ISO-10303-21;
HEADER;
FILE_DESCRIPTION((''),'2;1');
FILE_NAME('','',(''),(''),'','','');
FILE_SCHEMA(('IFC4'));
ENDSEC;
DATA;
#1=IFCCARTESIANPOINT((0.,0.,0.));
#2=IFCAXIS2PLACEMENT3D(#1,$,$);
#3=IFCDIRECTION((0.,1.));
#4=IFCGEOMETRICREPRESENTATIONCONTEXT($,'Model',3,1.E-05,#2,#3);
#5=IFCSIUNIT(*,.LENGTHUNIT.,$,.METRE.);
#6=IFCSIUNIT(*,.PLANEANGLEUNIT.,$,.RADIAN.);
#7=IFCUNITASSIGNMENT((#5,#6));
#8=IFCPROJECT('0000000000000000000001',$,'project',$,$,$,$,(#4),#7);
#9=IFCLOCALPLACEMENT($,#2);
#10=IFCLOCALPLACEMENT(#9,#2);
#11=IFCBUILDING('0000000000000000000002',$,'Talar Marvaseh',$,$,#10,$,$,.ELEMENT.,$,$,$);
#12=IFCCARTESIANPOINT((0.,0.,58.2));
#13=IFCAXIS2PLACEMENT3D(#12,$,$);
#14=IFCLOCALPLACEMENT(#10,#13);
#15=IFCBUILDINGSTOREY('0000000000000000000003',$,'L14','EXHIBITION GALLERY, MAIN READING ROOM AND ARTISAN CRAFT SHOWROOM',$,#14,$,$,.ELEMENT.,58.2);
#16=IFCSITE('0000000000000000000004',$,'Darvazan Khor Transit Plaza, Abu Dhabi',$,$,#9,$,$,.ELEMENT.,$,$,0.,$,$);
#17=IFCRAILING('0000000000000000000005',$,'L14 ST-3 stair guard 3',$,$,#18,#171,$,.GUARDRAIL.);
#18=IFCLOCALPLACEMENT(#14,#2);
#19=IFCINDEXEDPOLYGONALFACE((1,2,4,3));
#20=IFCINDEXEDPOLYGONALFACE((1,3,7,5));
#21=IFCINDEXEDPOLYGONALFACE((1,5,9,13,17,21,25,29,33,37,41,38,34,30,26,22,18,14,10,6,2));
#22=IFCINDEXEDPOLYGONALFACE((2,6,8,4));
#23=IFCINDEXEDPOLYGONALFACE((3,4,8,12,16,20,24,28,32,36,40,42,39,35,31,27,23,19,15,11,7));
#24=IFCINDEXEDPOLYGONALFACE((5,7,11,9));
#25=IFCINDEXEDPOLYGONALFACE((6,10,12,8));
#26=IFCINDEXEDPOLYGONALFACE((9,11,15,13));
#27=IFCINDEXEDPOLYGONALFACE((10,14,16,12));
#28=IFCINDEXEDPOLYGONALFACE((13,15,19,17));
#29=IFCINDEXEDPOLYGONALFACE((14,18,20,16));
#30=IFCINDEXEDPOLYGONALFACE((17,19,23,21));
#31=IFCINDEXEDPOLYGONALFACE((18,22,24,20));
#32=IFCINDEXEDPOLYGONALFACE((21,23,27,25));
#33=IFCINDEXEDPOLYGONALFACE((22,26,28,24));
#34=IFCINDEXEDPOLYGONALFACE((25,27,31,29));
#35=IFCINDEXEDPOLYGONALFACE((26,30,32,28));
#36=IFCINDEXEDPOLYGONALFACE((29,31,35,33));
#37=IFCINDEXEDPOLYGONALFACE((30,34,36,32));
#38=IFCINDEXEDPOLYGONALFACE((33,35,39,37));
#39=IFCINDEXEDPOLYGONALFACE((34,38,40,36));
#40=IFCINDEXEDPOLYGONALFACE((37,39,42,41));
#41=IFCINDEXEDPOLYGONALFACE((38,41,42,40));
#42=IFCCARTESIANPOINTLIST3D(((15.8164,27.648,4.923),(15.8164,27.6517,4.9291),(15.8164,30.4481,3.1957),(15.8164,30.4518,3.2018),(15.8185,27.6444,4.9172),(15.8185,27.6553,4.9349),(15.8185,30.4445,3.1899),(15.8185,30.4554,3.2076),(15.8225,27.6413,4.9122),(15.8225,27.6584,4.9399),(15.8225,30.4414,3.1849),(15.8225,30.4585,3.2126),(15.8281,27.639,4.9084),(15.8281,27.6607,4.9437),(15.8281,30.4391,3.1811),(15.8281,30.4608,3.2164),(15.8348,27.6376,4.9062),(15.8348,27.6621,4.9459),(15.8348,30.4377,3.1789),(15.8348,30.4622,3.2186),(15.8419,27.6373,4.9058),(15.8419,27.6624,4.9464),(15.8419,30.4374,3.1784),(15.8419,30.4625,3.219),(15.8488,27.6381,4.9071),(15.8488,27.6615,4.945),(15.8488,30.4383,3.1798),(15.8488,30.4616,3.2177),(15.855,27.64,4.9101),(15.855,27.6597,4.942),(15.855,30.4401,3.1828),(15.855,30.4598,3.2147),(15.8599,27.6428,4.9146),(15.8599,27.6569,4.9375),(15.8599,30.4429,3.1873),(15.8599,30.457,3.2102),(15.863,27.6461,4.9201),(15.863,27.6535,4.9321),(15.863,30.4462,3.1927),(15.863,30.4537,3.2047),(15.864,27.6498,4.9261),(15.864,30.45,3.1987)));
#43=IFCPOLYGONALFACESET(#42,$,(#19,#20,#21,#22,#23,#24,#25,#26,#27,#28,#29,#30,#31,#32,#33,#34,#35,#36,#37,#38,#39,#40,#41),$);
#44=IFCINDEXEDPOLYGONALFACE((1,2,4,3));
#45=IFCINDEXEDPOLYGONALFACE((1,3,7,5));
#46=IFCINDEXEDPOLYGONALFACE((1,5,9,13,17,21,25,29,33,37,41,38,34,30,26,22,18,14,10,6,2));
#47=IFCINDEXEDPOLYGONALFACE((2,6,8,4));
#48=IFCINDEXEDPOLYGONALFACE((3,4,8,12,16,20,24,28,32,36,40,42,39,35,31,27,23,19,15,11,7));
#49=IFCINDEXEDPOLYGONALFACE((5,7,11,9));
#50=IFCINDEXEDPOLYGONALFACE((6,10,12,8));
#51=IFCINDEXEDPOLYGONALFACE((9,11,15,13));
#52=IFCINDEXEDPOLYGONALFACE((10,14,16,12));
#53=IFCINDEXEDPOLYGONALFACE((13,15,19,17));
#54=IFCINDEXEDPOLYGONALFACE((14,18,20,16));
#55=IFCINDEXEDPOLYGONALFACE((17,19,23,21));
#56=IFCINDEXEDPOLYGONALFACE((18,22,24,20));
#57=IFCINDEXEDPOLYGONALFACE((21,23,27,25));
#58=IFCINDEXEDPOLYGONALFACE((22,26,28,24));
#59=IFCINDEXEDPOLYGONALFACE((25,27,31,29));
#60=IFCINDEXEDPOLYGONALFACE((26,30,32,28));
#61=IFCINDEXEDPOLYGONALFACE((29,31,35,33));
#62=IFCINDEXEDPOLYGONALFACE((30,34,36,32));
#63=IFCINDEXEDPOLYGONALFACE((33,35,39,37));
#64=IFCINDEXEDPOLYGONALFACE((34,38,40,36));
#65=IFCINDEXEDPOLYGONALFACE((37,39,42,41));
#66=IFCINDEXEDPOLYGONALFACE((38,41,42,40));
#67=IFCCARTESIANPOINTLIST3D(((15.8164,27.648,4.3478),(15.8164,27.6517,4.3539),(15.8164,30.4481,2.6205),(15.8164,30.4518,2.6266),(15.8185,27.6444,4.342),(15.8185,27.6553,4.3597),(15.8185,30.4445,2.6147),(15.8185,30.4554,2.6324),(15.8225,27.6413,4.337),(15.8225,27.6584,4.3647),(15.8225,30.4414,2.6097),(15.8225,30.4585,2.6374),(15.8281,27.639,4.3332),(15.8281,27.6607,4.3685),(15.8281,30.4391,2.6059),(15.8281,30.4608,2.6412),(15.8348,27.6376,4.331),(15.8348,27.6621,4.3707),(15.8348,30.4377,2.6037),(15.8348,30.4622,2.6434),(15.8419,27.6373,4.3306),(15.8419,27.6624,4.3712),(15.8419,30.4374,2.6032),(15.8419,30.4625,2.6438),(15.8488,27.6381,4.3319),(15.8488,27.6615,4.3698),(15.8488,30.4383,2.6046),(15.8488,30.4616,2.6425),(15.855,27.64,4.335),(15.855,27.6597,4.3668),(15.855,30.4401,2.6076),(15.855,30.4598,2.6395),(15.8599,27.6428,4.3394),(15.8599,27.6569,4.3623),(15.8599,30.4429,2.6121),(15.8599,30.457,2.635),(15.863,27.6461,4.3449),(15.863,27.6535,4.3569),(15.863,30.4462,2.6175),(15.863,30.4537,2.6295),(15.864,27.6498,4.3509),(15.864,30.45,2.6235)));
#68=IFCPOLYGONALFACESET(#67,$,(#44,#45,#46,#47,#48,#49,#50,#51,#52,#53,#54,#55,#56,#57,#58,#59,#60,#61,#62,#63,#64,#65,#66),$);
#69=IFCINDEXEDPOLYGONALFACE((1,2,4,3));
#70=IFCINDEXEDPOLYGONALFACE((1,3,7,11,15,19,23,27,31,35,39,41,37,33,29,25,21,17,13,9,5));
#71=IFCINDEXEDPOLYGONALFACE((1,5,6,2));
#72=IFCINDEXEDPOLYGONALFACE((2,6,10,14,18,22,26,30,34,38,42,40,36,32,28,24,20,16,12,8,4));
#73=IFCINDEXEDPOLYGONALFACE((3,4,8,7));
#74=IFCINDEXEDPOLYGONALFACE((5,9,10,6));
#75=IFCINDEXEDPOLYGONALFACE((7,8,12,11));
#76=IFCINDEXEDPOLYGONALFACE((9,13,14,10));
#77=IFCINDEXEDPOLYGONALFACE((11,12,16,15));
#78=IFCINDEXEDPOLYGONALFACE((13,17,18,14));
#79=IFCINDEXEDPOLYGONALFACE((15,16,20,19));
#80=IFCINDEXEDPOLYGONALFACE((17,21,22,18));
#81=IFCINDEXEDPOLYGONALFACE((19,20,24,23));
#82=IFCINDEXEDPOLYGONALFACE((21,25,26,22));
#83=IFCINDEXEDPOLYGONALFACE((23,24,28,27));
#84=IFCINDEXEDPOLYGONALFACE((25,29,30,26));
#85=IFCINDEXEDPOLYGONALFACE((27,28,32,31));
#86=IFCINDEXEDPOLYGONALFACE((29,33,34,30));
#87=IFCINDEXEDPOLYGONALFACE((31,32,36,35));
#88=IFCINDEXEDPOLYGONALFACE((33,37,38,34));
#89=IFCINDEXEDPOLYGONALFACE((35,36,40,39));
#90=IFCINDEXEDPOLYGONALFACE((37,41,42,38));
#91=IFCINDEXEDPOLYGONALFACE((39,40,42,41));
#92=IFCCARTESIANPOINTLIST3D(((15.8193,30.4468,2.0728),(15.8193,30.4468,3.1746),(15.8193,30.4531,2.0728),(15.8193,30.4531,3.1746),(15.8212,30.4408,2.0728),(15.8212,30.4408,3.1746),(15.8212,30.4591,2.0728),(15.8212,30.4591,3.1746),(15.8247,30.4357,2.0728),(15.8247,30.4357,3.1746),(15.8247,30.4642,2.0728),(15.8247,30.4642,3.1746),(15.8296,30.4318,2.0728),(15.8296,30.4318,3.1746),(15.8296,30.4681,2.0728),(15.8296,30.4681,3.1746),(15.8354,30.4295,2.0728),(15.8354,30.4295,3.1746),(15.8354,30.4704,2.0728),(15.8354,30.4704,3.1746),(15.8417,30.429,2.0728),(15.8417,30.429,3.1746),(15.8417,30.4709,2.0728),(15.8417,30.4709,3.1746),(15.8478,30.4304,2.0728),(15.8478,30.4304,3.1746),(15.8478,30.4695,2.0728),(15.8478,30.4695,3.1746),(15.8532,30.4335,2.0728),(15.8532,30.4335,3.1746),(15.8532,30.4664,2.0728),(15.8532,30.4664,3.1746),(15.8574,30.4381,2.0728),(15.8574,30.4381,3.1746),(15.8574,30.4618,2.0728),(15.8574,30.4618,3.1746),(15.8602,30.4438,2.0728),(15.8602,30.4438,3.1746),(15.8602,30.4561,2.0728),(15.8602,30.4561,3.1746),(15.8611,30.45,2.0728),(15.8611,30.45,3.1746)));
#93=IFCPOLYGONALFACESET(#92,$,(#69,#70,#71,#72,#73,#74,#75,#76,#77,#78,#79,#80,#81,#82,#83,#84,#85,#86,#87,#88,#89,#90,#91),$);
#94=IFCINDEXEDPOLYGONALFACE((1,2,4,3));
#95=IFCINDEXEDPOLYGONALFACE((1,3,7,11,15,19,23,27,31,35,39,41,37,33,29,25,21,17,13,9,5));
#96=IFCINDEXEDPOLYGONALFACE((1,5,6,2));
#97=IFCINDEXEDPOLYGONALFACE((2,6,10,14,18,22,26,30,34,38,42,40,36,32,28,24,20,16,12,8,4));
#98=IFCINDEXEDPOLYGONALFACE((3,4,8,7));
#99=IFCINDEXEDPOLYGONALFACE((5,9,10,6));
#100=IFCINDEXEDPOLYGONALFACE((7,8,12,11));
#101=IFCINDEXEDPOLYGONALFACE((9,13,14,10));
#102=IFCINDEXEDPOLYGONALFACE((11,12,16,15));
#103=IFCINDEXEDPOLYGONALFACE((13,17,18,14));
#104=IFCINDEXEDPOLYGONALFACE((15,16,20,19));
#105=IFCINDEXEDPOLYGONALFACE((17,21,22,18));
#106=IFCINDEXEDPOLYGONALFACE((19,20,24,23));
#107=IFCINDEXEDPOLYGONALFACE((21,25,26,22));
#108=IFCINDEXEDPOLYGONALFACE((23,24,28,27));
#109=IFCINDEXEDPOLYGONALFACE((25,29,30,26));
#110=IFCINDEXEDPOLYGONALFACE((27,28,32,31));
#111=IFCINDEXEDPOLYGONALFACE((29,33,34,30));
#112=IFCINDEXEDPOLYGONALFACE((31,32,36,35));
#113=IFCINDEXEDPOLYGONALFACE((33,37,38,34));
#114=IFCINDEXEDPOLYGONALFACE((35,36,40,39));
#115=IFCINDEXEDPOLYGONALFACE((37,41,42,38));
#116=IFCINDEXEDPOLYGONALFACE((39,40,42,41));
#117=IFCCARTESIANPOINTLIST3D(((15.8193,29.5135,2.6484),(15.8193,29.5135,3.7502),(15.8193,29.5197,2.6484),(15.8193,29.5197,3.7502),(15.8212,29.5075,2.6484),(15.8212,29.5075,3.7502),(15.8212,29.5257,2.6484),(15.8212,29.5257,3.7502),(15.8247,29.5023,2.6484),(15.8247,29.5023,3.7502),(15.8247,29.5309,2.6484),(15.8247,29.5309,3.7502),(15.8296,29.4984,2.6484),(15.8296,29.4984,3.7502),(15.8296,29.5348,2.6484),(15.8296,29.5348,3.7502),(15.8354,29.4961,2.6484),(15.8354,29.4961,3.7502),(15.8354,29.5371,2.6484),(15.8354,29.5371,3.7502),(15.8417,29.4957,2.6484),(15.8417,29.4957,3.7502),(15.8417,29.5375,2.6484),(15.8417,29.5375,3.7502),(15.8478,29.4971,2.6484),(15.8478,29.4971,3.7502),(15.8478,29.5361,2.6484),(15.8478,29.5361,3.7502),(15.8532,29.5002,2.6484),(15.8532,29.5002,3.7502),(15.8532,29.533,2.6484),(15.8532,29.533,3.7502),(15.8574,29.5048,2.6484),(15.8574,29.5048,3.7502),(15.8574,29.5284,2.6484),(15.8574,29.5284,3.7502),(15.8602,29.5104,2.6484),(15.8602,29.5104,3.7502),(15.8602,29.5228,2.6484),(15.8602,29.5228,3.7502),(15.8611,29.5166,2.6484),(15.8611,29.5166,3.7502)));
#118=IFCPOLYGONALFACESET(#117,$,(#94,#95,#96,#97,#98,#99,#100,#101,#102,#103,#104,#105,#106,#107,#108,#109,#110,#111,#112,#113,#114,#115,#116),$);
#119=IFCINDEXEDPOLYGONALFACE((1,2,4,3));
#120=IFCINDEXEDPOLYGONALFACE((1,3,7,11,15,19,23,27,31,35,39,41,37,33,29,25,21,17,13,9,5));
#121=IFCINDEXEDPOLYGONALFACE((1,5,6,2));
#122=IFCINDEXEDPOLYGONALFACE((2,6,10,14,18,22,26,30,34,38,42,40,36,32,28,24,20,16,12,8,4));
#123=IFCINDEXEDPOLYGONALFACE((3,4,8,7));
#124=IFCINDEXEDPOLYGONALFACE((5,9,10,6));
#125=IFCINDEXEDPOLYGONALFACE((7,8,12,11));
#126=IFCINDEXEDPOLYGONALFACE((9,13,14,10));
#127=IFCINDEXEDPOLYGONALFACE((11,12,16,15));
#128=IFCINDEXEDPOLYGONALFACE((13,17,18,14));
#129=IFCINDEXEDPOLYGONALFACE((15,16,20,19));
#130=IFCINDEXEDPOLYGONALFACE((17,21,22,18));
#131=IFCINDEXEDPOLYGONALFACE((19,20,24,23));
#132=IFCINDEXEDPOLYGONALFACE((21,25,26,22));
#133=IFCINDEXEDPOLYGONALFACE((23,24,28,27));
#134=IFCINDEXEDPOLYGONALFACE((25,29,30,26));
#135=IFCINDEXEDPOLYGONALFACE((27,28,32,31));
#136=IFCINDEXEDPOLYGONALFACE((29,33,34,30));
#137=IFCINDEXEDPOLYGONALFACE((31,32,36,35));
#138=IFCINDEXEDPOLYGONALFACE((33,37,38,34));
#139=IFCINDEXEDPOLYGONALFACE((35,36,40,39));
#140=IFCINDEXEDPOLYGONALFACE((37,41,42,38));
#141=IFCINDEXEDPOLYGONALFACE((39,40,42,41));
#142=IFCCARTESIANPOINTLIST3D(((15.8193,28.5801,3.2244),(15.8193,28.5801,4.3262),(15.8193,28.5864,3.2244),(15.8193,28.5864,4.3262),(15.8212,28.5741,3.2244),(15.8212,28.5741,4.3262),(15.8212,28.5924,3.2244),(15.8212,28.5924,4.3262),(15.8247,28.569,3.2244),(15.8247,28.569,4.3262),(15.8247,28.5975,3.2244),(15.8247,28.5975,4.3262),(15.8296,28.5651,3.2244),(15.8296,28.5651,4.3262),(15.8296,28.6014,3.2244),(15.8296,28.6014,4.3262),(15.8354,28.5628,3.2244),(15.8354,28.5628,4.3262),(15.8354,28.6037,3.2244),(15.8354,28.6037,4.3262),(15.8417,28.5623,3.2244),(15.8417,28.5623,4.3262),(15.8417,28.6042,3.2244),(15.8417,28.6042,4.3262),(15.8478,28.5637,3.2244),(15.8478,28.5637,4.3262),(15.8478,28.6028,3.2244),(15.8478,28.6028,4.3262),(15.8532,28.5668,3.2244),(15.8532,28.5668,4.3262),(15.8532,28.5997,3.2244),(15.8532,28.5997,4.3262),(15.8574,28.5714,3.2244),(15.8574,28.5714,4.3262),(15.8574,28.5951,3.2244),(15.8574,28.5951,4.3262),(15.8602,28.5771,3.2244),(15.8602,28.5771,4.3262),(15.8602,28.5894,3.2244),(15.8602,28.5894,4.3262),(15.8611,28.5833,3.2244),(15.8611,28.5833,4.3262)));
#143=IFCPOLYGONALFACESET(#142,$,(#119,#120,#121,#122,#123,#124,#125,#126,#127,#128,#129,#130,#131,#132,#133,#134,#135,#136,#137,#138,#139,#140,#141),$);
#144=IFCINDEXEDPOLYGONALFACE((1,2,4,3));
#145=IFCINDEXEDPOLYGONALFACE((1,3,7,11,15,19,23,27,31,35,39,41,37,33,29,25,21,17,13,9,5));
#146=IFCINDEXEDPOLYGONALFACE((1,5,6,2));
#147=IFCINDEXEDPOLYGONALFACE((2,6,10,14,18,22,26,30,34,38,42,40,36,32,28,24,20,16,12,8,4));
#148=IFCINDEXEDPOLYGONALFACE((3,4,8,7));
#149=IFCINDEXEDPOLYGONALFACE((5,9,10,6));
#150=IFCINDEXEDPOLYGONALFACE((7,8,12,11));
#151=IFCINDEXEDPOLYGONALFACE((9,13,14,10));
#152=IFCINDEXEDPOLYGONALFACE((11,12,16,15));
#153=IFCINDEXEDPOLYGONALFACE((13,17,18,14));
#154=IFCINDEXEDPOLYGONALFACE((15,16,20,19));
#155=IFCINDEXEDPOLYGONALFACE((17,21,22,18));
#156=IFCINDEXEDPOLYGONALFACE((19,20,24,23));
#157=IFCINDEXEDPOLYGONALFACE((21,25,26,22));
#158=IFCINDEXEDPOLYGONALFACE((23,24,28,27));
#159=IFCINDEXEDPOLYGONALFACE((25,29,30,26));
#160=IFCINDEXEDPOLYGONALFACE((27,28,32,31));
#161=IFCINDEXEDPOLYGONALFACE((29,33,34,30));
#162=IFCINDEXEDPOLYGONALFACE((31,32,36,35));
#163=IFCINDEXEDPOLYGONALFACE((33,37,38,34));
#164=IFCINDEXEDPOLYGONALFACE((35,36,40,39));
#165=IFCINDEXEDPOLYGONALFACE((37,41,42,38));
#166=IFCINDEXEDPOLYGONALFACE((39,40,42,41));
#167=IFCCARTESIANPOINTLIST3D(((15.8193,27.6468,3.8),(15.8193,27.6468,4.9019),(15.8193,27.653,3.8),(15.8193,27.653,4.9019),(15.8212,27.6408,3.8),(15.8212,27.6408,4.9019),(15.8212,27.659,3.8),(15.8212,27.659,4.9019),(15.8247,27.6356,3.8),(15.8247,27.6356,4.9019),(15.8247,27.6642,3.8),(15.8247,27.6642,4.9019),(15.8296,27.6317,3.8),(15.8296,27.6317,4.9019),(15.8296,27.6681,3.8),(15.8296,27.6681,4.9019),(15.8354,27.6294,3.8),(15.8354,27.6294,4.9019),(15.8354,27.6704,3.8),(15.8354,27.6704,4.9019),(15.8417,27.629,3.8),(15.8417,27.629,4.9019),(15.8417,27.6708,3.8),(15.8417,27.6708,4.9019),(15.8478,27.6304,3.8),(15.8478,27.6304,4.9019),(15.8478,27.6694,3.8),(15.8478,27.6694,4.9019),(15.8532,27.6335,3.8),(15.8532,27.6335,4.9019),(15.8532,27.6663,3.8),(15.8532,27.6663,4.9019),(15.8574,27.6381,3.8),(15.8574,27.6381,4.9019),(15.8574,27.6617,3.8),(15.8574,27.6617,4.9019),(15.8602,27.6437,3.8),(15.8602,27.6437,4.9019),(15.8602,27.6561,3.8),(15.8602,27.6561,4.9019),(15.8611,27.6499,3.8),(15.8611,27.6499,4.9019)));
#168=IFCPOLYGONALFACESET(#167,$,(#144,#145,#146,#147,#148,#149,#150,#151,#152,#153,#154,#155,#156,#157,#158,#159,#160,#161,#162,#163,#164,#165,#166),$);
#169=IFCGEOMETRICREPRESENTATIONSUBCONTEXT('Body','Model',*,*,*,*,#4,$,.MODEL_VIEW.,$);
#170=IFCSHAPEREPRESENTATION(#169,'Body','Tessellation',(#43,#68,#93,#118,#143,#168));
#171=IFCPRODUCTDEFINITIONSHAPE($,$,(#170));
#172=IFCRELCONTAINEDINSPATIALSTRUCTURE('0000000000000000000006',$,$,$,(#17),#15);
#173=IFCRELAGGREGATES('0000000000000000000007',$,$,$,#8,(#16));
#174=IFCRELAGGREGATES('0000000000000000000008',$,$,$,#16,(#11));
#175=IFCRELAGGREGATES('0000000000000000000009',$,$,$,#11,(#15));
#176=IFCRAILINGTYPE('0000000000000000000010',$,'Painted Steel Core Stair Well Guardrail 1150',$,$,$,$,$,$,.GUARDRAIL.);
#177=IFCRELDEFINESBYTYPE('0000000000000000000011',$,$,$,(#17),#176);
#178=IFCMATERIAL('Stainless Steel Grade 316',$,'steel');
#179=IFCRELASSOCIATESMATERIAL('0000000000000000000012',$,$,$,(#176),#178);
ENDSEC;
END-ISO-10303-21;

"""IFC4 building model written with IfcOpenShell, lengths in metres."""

from ifc_helpers import new_model, si_unit, direction, frame, origin, origin_2d, place, context, subcontext, project, spatial, circle, extrude, material, type_object, element, save


model = new_model("IFC4")

# Units and contexts
model_context = context("Model", 3, precision=1e-05, world=origin(), true_north=direction((0.0, 1.0)))
body_context = subcontext(model_context, "Body", "Model", "MODEL_VIEW")
ifc_project = project(units=[si_unit("LENGTHUNIT", "METRE"), si_unit("PLANEANGLEUNIT", "RADIAN")], contexts=[model_context])

# Site, building, storey
site_placement = place(None, origin())
site = spatial("IfcSite", under=ifc_project, at=site_placement, Name="Darvazan Khor Transit Plaza, Abu Dhabi", CompositionType="ELEMENT", RefElevation=0.0)
building_placement = place(site_placement, origin())
building = spatial("IfcBuilding", under=site, at=building_placement, Name="Talar Marvaseh", CompositionType="ELEMENT")
storey_placement = place(building_placement, frame((0.0, 0.0, 58.2)))
storey = spatial("IfcBuildingStorey", under=building, at=storey_placement, Name="L14", Description="EXHIBITION GALLERY, MAIN READING ROOM AND ARTISAN CRAFT SHOWROOM", CompositionType="ELEMENT", Elevation=58.2)

# Railing
ifc_material_1 = material(Name="Stainless Steel Grade 316", Category="steel")
railing_type_1 = type_object("IfcRailingType", Name="Painted Steel Core Stair Well Guardrail 1150", PredefinedType="GUARDRAIL", material=ifc_material_1)
railing_1_placement = place(storey_placement, frame((15.8401, 30.45, 2.0728)))
element("IfcRailing", 1, at=railing_1_placement, inside=storey, type_object=railing_type_1, Name="L14 ST-3 stair guard 3", PredefinedType="GUARDRAIL", context=body_context, shape_type="SweptSolid", body=[
    extrude(circle(Radius=0.0239, at=origin_2d()), frame((0.0, 0.0, 1.126), z_axis=(0.0, -0.85109, 0.52502), x_axis=(1.0, 0.0, 0.0)), (0.0, 0.0, 1.0), 3.29),
    extrude(circle(Radius=0.0239, at=origin_2d()), frame((0.0, 0.0, 0.5508), z_axis=(0.0, -0.85109, 0.52502), x_axis=(1.0, 0.0, 0.0)), (0.0, 0.0, 1.0), 3.29),
    extrude(circle(Radius=0.021, at=origin_2d()), origin(), (0.0, 0.0, 1.0), 1.1018),
    extrude(circle(Radius=0.021, at=origin_2d()), frame((0.0, -0.9333, 0.5757)), (0.0, 0.0, 1.0), 1.1018),
    extrude(circle(Radius=0.021, at=origin_2d()), frame((0.0, -1.8667, 1.1516)), (0.0, 0.0, 1.0), 1.1018),
    extrude(circle(Radius=0.021, at=origin_2d()), frame((0.0, -2.8, 1.7273)), (0.0, 0.0, 1.0), 1.1018),
])

save(model, "model.ifc")
